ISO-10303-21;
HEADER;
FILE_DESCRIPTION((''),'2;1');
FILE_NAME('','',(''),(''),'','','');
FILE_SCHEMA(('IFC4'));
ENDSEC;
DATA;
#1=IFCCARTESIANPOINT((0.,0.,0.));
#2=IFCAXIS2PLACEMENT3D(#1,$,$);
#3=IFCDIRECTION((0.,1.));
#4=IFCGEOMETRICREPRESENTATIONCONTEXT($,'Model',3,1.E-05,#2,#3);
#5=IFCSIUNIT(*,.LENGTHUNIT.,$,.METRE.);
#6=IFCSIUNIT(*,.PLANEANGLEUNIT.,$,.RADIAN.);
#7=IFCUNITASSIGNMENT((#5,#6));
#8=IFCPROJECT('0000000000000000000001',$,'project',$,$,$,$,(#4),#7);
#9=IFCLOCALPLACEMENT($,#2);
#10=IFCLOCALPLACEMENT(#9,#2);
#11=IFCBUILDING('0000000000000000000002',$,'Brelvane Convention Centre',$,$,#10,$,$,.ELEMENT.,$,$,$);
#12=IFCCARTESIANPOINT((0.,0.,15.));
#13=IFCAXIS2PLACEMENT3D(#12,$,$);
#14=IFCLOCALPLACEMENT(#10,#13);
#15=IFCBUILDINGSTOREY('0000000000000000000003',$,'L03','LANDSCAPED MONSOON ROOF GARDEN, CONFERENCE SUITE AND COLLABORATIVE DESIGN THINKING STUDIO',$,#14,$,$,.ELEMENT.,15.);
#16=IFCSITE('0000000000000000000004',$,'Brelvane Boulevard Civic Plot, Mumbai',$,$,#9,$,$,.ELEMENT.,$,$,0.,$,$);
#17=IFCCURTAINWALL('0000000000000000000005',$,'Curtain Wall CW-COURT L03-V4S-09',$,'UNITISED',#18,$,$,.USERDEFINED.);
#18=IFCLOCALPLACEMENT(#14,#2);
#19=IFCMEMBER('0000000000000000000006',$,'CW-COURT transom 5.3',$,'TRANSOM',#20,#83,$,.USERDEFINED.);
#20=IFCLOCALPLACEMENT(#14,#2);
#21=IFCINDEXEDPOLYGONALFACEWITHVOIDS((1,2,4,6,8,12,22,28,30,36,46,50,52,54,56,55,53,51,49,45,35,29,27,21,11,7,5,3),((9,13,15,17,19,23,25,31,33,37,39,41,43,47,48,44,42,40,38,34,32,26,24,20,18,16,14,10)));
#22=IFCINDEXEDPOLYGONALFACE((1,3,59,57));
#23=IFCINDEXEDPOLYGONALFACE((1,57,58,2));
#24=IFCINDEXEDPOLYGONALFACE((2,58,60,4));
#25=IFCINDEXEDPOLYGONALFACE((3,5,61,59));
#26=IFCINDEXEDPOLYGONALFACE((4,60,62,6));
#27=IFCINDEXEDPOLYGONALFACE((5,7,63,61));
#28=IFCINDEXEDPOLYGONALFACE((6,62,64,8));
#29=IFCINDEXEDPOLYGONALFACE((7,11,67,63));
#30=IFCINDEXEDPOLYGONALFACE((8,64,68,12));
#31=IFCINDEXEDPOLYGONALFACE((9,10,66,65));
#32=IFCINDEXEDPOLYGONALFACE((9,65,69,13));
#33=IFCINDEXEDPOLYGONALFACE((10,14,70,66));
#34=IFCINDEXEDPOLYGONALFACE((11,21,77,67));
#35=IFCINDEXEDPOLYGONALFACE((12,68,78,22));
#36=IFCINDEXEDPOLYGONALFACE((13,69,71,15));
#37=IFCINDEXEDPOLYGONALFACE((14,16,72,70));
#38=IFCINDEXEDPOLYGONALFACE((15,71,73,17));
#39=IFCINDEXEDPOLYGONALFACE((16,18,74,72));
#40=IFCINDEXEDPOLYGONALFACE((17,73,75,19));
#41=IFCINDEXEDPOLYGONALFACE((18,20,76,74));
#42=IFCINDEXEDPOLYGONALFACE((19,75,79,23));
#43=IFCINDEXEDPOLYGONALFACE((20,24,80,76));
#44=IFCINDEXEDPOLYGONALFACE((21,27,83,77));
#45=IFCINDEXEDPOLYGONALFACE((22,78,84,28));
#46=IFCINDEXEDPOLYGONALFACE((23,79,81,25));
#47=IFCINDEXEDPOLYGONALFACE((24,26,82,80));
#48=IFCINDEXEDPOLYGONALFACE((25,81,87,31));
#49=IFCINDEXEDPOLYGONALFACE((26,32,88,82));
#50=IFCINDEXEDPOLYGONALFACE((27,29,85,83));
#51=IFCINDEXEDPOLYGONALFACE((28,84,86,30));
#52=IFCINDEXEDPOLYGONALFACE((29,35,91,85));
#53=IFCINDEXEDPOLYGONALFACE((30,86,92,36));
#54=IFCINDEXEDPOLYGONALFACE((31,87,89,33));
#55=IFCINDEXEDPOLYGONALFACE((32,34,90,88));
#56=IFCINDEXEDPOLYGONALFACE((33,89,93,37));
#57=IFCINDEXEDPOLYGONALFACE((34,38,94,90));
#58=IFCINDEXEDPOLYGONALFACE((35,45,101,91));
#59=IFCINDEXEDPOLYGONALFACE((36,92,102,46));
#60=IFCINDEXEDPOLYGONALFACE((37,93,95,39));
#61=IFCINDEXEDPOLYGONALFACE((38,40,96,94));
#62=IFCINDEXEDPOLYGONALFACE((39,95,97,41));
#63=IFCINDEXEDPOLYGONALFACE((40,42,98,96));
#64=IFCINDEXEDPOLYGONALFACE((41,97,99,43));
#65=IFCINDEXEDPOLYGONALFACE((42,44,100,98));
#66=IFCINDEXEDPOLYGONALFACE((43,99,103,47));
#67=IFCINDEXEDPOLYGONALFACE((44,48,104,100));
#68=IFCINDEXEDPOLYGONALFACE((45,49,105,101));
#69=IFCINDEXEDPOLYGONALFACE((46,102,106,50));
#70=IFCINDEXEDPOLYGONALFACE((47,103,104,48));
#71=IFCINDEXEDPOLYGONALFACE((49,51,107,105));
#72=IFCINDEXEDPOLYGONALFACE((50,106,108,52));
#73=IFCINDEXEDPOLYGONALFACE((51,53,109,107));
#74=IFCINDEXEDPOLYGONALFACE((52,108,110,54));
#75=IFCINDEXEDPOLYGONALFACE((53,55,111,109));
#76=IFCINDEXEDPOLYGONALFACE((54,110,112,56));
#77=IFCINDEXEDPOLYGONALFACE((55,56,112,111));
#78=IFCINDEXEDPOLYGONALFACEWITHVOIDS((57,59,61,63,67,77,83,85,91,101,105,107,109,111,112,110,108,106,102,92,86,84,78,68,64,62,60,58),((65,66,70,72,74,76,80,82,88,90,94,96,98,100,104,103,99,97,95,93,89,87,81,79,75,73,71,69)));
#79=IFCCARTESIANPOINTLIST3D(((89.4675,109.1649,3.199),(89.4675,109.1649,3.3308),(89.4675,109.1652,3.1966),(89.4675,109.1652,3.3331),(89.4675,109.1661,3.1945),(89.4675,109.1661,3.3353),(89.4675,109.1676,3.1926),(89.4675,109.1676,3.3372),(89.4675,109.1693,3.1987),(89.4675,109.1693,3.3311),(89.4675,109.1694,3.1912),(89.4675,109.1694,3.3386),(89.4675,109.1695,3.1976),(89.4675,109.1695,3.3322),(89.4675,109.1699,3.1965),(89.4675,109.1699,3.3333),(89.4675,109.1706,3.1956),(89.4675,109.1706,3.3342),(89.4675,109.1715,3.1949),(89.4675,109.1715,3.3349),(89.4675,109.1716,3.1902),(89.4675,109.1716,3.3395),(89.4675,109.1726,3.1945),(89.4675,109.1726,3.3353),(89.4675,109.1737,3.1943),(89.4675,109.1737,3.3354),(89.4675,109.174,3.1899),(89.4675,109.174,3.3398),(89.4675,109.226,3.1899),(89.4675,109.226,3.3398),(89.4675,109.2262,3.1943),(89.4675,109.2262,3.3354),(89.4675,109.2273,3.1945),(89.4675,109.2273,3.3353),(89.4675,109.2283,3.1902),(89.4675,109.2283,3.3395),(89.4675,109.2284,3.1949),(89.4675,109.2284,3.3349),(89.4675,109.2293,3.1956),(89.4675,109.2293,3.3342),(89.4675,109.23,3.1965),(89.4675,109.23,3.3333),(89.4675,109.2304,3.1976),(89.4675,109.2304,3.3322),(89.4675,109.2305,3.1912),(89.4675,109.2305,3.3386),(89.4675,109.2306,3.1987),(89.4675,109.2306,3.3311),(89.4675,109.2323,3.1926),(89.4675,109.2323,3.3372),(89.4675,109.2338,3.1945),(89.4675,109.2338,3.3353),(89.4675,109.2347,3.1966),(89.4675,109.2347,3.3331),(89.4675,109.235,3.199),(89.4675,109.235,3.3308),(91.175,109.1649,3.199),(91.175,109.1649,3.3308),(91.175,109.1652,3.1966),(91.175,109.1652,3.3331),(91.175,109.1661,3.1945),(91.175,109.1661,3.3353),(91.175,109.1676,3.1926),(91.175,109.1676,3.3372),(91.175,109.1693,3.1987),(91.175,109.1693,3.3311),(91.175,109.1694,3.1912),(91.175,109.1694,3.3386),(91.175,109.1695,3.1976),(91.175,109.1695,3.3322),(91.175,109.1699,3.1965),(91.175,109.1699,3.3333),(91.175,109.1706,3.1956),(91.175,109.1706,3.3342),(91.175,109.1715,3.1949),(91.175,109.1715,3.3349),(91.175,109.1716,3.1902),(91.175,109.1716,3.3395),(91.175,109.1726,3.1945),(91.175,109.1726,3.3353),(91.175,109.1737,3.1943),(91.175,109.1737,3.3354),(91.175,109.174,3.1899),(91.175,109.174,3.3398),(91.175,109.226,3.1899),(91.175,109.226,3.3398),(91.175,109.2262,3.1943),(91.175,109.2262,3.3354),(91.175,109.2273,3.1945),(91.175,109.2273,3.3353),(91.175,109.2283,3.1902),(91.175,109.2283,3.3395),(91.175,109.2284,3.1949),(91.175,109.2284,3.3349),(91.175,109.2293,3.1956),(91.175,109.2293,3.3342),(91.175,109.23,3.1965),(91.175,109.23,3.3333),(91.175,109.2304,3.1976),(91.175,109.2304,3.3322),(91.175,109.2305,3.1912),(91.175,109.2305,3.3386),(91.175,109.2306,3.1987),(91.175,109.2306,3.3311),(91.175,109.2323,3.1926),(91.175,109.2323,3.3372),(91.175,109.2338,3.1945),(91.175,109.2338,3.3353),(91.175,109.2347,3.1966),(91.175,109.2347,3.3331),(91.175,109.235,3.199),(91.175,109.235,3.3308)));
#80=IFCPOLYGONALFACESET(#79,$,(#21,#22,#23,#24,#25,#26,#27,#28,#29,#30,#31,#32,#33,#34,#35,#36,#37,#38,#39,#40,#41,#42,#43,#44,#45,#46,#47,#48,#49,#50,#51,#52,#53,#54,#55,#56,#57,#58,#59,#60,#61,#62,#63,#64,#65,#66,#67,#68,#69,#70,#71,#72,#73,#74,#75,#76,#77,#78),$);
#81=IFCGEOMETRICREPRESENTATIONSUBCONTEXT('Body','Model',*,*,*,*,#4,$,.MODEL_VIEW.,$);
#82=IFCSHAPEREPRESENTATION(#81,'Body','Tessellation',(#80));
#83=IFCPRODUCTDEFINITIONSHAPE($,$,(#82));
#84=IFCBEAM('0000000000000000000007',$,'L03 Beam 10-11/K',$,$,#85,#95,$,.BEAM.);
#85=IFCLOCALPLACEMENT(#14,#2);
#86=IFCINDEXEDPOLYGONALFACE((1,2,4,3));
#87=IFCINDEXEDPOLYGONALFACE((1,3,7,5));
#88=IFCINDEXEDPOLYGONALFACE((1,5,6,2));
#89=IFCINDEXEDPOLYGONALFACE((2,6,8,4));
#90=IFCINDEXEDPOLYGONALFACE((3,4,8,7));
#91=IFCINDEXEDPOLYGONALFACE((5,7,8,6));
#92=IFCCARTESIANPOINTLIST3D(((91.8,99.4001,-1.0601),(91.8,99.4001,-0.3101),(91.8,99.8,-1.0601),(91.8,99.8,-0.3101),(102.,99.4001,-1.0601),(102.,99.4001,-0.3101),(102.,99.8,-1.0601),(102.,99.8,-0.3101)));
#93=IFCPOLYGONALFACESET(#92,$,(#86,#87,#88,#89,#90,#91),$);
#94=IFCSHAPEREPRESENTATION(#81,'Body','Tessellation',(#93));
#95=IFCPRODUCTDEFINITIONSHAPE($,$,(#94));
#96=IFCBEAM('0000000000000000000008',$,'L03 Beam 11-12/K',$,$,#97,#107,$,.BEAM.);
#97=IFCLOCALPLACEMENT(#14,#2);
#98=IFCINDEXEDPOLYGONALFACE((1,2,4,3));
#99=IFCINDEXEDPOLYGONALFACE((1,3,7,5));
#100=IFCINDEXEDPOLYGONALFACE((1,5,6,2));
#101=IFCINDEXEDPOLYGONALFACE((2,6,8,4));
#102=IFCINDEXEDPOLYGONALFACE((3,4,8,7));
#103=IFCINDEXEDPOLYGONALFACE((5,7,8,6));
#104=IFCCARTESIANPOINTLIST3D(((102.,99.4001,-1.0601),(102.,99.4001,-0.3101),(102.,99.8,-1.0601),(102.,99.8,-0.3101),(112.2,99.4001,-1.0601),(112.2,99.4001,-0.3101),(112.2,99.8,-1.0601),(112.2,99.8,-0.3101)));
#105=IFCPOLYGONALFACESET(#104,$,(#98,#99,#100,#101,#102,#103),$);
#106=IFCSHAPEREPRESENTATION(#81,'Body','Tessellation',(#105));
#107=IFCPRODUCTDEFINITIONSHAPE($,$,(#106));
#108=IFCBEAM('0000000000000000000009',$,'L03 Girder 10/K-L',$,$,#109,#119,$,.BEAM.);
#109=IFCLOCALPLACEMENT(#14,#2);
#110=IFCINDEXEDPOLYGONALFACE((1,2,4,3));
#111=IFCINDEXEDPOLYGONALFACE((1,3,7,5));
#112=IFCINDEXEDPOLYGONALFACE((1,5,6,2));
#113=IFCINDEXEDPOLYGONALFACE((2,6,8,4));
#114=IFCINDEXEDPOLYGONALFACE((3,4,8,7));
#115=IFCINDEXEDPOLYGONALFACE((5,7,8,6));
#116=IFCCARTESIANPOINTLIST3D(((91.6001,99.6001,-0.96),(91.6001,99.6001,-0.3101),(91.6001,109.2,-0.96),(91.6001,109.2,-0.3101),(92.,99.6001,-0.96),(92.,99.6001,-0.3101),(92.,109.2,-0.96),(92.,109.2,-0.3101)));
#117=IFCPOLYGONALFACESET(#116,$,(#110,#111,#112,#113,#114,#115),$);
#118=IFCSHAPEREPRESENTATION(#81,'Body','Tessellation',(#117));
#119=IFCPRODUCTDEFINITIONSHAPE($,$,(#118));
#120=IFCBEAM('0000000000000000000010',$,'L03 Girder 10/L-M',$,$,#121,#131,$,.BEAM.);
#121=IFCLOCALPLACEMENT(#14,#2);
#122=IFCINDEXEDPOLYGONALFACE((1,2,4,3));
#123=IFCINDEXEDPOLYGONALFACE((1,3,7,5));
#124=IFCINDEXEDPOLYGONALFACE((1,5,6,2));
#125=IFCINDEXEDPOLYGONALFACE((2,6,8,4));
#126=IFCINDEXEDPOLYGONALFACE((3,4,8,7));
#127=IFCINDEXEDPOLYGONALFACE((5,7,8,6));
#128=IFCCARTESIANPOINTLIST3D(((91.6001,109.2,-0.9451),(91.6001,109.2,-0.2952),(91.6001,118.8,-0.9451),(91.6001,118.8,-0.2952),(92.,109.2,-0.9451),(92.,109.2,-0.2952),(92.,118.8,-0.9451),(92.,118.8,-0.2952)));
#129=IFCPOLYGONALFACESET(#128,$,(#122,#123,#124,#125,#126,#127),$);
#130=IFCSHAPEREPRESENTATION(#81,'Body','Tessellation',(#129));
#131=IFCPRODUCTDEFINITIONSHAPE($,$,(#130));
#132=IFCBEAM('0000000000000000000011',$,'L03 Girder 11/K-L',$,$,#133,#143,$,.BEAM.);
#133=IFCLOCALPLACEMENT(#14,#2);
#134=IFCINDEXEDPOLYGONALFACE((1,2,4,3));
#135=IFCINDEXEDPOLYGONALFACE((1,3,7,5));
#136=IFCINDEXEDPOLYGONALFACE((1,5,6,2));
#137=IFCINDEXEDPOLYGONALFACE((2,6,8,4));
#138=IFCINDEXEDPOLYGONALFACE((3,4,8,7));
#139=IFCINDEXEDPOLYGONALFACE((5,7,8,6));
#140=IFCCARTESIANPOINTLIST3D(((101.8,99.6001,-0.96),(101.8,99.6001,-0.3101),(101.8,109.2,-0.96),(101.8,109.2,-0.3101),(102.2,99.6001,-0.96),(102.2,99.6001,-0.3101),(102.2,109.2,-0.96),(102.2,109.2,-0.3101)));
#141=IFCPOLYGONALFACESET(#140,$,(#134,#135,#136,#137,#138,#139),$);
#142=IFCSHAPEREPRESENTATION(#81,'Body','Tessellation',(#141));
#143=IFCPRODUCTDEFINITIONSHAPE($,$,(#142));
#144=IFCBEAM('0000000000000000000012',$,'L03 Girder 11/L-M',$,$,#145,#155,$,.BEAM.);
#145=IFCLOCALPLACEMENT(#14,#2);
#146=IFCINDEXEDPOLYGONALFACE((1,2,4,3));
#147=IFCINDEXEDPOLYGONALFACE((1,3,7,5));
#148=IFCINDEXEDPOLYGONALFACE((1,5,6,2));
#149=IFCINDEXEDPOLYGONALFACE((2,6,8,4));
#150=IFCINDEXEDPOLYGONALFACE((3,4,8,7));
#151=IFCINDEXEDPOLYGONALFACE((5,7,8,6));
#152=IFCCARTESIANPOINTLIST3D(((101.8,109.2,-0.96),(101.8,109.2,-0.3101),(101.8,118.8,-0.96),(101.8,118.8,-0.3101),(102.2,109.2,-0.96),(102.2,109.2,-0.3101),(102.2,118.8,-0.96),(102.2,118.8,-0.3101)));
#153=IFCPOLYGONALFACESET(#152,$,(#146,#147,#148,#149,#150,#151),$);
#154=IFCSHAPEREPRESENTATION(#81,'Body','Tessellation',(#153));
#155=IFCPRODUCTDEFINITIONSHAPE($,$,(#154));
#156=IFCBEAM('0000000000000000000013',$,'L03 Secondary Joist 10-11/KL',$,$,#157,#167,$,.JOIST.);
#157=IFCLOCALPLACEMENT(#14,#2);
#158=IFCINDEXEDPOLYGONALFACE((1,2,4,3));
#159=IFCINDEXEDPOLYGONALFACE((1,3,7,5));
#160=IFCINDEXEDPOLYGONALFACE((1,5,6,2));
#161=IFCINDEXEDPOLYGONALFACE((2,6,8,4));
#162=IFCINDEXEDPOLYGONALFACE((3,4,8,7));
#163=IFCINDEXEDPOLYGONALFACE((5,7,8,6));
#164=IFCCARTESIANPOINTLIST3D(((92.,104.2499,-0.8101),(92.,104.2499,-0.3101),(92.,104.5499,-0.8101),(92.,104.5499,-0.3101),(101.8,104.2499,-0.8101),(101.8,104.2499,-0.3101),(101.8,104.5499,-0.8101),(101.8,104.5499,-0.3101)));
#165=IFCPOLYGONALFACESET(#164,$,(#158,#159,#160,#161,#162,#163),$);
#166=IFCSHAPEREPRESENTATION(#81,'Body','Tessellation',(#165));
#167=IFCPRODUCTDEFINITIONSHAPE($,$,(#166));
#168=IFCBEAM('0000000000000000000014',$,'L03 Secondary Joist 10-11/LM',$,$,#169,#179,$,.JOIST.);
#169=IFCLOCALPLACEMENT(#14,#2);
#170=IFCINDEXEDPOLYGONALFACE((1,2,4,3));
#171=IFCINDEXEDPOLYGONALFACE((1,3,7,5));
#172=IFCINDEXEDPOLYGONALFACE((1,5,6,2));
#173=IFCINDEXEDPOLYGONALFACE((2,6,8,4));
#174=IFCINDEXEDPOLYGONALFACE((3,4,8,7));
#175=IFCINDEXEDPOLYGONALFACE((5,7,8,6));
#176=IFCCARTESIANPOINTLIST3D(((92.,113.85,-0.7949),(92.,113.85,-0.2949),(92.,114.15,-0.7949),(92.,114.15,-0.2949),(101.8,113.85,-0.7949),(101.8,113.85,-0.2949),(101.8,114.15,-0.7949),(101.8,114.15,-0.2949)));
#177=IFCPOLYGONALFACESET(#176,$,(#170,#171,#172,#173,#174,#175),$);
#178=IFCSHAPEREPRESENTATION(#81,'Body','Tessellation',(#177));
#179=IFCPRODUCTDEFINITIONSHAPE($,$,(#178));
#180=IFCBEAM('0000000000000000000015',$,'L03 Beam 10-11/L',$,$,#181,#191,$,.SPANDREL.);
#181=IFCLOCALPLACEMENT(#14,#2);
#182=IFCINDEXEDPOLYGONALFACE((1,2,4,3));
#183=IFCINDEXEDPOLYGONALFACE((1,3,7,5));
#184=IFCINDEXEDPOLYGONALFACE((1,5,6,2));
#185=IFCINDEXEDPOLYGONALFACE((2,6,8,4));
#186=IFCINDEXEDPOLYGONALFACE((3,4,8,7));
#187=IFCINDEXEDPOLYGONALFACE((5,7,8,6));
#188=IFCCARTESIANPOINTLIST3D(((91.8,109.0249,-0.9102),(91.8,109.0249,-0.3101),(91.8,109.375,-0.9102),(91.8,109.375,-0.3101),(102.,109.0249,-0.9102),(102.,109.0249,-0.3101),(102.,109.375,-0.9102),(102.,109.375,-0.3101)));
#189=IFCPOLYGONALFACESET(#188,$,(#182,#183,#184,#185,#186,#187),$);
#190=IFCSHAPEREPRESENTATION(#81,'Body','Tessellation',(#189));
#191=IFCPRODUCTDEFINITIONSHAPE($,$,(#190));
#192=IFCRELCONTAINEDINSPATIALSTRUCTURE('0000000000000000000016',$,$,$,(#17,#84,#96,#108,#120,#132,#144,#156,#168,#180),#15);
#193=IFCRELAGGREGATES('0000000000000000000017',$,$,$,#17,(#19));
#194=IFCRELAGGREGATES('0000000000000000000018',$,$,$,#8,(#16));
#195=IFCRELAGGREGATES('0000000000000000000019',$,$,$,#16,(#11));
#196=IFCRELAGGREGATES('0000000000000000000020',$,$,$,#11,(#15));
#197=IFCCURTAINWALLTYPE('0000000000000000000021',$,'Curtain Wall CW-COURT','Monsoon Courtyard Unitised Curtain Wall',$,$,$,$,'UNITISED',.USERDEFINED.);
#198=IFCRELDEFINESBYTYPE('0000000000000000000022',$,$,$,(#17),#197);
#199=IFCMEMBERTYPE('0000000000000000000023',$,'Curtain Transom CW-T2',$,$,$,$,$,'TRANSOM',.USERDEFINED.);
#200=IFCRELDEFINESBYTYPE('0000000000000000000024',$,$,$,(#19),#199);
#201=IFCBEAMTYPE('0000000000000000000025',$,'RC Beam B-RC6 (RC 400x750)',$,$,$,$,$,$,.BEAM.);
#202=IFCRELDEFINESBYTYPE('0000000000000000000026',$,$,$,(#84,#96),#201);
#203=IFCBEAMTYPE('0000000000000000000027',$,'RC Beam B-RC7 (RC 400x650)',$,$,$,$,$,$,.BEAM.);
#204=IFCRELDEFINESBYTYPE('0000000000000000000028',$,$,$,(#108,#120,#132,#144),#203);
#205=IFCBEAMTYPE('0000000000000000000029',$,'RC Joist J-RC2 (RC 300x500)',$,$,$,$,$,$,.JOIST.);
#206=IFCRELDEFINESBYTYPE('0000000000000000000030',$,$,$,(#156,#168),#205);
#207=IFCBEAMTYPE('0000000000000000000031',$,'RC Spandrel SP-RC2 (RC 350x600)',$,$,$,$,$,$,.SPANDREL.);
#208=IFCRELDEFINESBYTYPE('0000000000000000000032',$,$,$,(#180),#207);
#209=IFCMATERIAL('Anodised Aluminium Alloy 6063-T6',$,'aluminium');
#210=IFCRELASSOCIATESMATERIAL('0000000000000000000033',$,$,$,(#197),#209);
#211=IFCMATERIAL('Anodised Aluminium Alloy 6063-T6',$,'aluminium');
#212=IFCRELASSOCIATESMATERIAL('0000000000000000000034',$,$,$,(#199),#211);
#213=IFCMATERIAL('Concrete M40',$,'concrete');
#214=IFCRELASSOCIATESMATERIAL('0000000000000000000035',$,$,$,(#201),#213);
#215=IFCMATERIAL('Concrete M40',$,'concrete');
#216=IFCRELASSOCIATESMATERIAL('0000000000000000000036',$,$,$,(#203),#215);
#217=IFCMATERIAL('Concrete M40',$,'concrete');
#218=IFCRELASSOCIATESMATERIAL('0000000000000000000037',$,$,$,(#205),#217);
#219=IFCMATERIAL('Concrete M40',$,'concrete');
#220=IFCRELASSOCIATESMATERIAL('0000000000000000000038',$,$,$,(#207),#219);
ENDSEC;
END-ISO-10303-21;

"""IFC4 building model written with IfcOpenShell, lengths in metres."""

from ifc_helpers import new_model, si_unit, direction, frame, origin, origin_2d, place, context, subcontext, project, spatial, rectangle, hollow_rectangle, extrude, material, material_profile, profile_set, type_object, element, aggregate, save


model = new_model("IFC4")

# Units and contexts
model_context = context("Model", 3, precision=1e-05, world=origin(), true_north=direction((0.0, 1.0)))
body_context = subcontext(model_context, "Body", "Model", "MODEL_VIEW")
ifc_project = project(units=[si_unit("LENGTHUNIT", "METRE"), si_unit("PLANEANGLEUNIT", "RADIAN")], contexts=[model_context])

# Site, building, storey
site_placement = place(None, origin())
site = spatial("IfcSite", under=ifc_project, at=site_placement, Name="Brelvane Boulevard Civic Plot, Mumbai", CompositionType="ELEMENT", RefElevation=0.0)
building_placement = place(site_placement, origin())
building = spatial("IfcBuilding", under=site, at=building_placement, Name="Brelvane Convention Centre", CompositionType="ELEMENT")
storey_placement = place(building_placement, frame((0.0, 0.0, 15.0)))
storey = spatial("IfcBuildingStorey", under=building, at=storey_placement, Name="L03", Description="LANDSCAPED MONSOON ROOF GARDEN, CONFERENCE SUITE AND COLLABORATIVE DESIGN THINKING STUDIO", CompositionType="ELEMENT", Elevation=15.0)

# Curtain wall, member
ifc_material_1 = material(Name="Anodised Aluminium Alloy 6063-T6", Category="aluminium")
curtain_wall_type = type_object("IfcCurtainWallType", Name="Curtain Wall CW-COURT", Description="Monsoon Courtyard Unitised Curtain Wall", ElementType="UNITISED", PredefinedType="USERDEFINED", material=ifc_material_1)
curtain_wall_placement = place(storey_placement, origin())
curtain_wall = element("IfcCurtainWall", 1, at=curtain_wall_placement, inside=storey, type_object=curtain_wall_type, Name="Curtain Wall CW-COURT L03-V4S-09", ObjectType="UNITISED", PredefinedType="USERDEFINED")
ifc_material_2 = material(Name="Anodised Aluminium Alloy 6063-T6", Category="aluminium")
ifc_material_profile_1 = material_profile(ifc_material_2, hollow_rectangle(XDim=0.0701, YDim=0.1499, WallThickness=0.0044, InnerFilletRadius=0.0044, OuterFilletRadius=0.009, at=origin_2d()), Name="ALU-T 150x70x4.5")
ifc_profile_set_1 = profile_set([ifc_material_profile_1], Name="Anodised Aluminium Alloy 6063-T6")
member_type_1 = type_object("IfcMemberType", Name="Curtain Transom CW-T2", ElementType="TRANSOM", PredefinedType="USERDEFINED", material=ifc_profile_set_1)
member_1_placement = place(storey_placement, frame((89.4675, 109.2, 3.2649), z_axis=(1.0, 0.0, 0.0), x_axis=(0.0, 1.0, 0.0)))
member_1 = element("IfcMember", 2, at=member_1_placement, type_object=member_type_1, Name="CW-COURT transom 5.3", ObjectType="TRANSOM", PredefinedType="USERDEFINED", context=body_context, shape_type="SweptSolid", body=[
    extrude(hollow_rectangle(XDim=0.0701, YDim=0.1499, WallThickness=0.0044, InnerFilletRadius=0.0044, OuterFilletRadius=0.009, at=origin_2d()), origin(), (0.0, 0.0, 1.0), 1.7075),
])

# Beams
ifc_material_3 = material(Name="Concrete M40", Category="concrete")
ifc_material_profile_2 = material_profile(ifc_material_3, rectangle(XDim=0.3999, YDim=0.75, at=origin_2d()), Name="RC 400x750")
ifc_profile_set_2 = profile_set([ifc_material_profile_2], Name="Concrete M40")
beam_type_1 = type_object("IfcBeamType", Name="RC Beam B-RC6 (RC 400x750)", PredefinedType="BEAM", material=ifc_profile_set_2)
for number, where, z_axis, x_axis, name in (
    (3, (91.8, 99.6001, -0.6851), (1.0, 0.0, 0.0), (0.0, 1.0, 0.0), "L03 Beam 10-11/K"),
    (4, (102.0, 99.6001, -0.6851), (1.0, 0.0, 0.0), (0.0, 1.0, 0.0), "L03 Beam 11-12/K"),
):
    element("IfcBeam", number, at=place(storey_placement, frame(where, z_axis=z_axis, x_axis=x_axis)), inside=storey, type_object=beam_type_1, Name=name, PredefinedType="BEAM", context=body_context, shape_type="SweptSolid", body=[
        extrude(rectangle(XDim=0.3999, YDim=0.75, at=origin_2d()), origin(), (0.0, 0.0, 1.0), 10.2),
    ])
ifc_material_4 = material(Name="Concrete M40", Category="concrete")
ifc_material_profile_3 = material_profile(ifc_material_4, rectangle(XDim=0.3999, YDim=0.6499, at=origin_2d()), Name="RC 400x650")
ifc_profile_set_3 = profile_set([ifc_material_profile_3], Name="Concrete M40")
beam_type_2 = type_object("IfcBeamType", Name="RC Beam B-RC7 (RC 400x650)", PredefinedType="BEAM", material=ifc_profile_set_3)
beam_1_placement = place(storey_placement, frame((91.8, 99.6001, -0.635), z_axis=(0.0, 1.0, 0.0), x_axis=(-1.0, 0.0, 0.0)))
element("IfcBeam", 5, at=beam_1_placement, inside=storey, type_object=beam_type_2, Name="L03 Girder 10/K-L", PredefinedType="BEAM", context=body_context, shape_type="SweptSolid", body=[
    extrude(rectangle(XDim=0.3999, YDim=0.6499, at=origin_2d()), origin(), (0.0, 0.0, 1.0), 9.5999),
])
beam_2_placement = place(storey_placement, frame((91.8, 109.2, -0.6201), z_axis=(0.0, 1.0, 0.0), x_axis=(-1.0, 0.0, 0.0)))
element("IfcBeam", 6, at=beam_2_placement, inside=storey, type_object=beam_type_2, Name="L03 Girder 10/L-M", PredefinedType="BEAM", context=body_context, shape_type="SweptSolid", body=[
    extrude(rectangle(XDim=0.3999, YDim=0.6499, at=origin_2d()), origin(), (0.0, 0.0, 1.0), 9.6001),
])
beam_3_placement = place(storey_placement, frame((102.0, 99.6001, -0.635), z_axis=(0.0, 1.0, 0.0), x_axis=(-1.0, 0.0, 0.0)))
element("IfcBeam", 7, at=beam_3_placement, inside=storey, type_object=beam_type_2, Name="L03 Girder 11/K-L", PredefinedType="BEAM", context=body_context, shape_type="SweptSolid", body=[
    extrude(rectangle(XDim=0.3999, YDim=0.6499, at=origin_2d()), origin(), (0.0, 0.0, 1.0), 9.5999),
])
beam_4_placement = place(storey_placement, frame((102.0, 109.2, -0.635), z_axis=(0.0, 1.0, 0.0), x_axis=(-1.0, 0.0, 0.0)))
element("IfcBeam", 8, at=beam_4_placement, inside=storey, type_object=beam_type_2, Name="L03 Girder 11/L-M", PredefinedType="BEAM", context=body_context, shape_type="SweptSolid", body=[
    extrude(rectangle(XDim=0.3999, YDim=0.6499, at=origin_2d()), origin(), (0.0, 0.0, 1.0), 9.6001),
])
ifc_material_5 = material(Name="Concrete M40", Category="concrete")
ifc_material_profile_4 = material_profile(ifc_material_5, rectangle(XDim=0.3, YDim=0.5, at=origin_2d()), Name="RC 300x500")
ifc_profile_set_4 = profile_set([ifc_material_profile_4], Name="Concrete M40")
beam_type_3 = type_object("IfcBeamType", Name="RC Joist J-RC2 (RC 300x500)", PredefinedType="JOIST", material=ifc_profile_set_4)
for number, where, z_axis, x_axis, name in (
    (9, (92.0, 104.3999, -0.5601), (1.0, 0.0, 0.0), (0.0, 1.0, 0.0), "L03 Secondary Joist 10-11/KL"),
    (10, (92.0, 114.0, -0.5449), (1.0, 0.0, 0.0), (0.0, 1.0, 0.0), "L03 Secondary Joist 10-11/LM"),
):
    element("IfcBeam", number, at=place(storey_placement, frame(where, z_axis=z_axis, x_axis=x_axis)), inside=storey, type_object=beam_type_3, Name=name, PredefinedType="JOIST", context=body_context, shape_type="SweptSolid", body=[
        extrude(rectangle(XDim=0.3, YDim=0.5, at=origin_2d()), origin(), (0.0, 0.0, 1.0), 9.8),
    ])
ifc_material_6 = material(Name="Concrete M40", Category="concrete")
ifc_material_profile_5 = material_profile(ifc_material_6, rectangle(XDim=0.3501, YDim=0.6001, at=origin_2d()), Name="RC 350x600")
ifc_profile_set_5 = profile_set([ifc_material_profile_5], Name="Concrete M40")
beam_type_4 = type_object("IfcBeamType", Name="RC Spandrel SP-RC2 (RC 350x600)", PredefinedType="SPANDREL", material=ifc_profile_set_5)
for number, where, z_axis, x_axis, name in (
    (11, (91.8, 109.2, -0.6101), (1.0, 0.0, 0.0), (0.0, 1.0, 0.0), "L03 Beam 10-11/L"),
):
    element("IfcBeam", number, at=place(storey_placement, frame(where, z_axis=z_axis, x_axis=x_axis)), inside=storey, type_object=beam_type_4, Name=name, PredefinedType="SPANDREL", context=body_context, shape_type="SweptSolid", body=[
        extrude(rectangle(XDim=0.3501, YDim=0.6001, at=origin_2d()), origin(), (0.0, 0.0, 1.0), 10.2),
    ])

aggregate(curtain_wall, [member_1])

save(model, "model.ifc")
